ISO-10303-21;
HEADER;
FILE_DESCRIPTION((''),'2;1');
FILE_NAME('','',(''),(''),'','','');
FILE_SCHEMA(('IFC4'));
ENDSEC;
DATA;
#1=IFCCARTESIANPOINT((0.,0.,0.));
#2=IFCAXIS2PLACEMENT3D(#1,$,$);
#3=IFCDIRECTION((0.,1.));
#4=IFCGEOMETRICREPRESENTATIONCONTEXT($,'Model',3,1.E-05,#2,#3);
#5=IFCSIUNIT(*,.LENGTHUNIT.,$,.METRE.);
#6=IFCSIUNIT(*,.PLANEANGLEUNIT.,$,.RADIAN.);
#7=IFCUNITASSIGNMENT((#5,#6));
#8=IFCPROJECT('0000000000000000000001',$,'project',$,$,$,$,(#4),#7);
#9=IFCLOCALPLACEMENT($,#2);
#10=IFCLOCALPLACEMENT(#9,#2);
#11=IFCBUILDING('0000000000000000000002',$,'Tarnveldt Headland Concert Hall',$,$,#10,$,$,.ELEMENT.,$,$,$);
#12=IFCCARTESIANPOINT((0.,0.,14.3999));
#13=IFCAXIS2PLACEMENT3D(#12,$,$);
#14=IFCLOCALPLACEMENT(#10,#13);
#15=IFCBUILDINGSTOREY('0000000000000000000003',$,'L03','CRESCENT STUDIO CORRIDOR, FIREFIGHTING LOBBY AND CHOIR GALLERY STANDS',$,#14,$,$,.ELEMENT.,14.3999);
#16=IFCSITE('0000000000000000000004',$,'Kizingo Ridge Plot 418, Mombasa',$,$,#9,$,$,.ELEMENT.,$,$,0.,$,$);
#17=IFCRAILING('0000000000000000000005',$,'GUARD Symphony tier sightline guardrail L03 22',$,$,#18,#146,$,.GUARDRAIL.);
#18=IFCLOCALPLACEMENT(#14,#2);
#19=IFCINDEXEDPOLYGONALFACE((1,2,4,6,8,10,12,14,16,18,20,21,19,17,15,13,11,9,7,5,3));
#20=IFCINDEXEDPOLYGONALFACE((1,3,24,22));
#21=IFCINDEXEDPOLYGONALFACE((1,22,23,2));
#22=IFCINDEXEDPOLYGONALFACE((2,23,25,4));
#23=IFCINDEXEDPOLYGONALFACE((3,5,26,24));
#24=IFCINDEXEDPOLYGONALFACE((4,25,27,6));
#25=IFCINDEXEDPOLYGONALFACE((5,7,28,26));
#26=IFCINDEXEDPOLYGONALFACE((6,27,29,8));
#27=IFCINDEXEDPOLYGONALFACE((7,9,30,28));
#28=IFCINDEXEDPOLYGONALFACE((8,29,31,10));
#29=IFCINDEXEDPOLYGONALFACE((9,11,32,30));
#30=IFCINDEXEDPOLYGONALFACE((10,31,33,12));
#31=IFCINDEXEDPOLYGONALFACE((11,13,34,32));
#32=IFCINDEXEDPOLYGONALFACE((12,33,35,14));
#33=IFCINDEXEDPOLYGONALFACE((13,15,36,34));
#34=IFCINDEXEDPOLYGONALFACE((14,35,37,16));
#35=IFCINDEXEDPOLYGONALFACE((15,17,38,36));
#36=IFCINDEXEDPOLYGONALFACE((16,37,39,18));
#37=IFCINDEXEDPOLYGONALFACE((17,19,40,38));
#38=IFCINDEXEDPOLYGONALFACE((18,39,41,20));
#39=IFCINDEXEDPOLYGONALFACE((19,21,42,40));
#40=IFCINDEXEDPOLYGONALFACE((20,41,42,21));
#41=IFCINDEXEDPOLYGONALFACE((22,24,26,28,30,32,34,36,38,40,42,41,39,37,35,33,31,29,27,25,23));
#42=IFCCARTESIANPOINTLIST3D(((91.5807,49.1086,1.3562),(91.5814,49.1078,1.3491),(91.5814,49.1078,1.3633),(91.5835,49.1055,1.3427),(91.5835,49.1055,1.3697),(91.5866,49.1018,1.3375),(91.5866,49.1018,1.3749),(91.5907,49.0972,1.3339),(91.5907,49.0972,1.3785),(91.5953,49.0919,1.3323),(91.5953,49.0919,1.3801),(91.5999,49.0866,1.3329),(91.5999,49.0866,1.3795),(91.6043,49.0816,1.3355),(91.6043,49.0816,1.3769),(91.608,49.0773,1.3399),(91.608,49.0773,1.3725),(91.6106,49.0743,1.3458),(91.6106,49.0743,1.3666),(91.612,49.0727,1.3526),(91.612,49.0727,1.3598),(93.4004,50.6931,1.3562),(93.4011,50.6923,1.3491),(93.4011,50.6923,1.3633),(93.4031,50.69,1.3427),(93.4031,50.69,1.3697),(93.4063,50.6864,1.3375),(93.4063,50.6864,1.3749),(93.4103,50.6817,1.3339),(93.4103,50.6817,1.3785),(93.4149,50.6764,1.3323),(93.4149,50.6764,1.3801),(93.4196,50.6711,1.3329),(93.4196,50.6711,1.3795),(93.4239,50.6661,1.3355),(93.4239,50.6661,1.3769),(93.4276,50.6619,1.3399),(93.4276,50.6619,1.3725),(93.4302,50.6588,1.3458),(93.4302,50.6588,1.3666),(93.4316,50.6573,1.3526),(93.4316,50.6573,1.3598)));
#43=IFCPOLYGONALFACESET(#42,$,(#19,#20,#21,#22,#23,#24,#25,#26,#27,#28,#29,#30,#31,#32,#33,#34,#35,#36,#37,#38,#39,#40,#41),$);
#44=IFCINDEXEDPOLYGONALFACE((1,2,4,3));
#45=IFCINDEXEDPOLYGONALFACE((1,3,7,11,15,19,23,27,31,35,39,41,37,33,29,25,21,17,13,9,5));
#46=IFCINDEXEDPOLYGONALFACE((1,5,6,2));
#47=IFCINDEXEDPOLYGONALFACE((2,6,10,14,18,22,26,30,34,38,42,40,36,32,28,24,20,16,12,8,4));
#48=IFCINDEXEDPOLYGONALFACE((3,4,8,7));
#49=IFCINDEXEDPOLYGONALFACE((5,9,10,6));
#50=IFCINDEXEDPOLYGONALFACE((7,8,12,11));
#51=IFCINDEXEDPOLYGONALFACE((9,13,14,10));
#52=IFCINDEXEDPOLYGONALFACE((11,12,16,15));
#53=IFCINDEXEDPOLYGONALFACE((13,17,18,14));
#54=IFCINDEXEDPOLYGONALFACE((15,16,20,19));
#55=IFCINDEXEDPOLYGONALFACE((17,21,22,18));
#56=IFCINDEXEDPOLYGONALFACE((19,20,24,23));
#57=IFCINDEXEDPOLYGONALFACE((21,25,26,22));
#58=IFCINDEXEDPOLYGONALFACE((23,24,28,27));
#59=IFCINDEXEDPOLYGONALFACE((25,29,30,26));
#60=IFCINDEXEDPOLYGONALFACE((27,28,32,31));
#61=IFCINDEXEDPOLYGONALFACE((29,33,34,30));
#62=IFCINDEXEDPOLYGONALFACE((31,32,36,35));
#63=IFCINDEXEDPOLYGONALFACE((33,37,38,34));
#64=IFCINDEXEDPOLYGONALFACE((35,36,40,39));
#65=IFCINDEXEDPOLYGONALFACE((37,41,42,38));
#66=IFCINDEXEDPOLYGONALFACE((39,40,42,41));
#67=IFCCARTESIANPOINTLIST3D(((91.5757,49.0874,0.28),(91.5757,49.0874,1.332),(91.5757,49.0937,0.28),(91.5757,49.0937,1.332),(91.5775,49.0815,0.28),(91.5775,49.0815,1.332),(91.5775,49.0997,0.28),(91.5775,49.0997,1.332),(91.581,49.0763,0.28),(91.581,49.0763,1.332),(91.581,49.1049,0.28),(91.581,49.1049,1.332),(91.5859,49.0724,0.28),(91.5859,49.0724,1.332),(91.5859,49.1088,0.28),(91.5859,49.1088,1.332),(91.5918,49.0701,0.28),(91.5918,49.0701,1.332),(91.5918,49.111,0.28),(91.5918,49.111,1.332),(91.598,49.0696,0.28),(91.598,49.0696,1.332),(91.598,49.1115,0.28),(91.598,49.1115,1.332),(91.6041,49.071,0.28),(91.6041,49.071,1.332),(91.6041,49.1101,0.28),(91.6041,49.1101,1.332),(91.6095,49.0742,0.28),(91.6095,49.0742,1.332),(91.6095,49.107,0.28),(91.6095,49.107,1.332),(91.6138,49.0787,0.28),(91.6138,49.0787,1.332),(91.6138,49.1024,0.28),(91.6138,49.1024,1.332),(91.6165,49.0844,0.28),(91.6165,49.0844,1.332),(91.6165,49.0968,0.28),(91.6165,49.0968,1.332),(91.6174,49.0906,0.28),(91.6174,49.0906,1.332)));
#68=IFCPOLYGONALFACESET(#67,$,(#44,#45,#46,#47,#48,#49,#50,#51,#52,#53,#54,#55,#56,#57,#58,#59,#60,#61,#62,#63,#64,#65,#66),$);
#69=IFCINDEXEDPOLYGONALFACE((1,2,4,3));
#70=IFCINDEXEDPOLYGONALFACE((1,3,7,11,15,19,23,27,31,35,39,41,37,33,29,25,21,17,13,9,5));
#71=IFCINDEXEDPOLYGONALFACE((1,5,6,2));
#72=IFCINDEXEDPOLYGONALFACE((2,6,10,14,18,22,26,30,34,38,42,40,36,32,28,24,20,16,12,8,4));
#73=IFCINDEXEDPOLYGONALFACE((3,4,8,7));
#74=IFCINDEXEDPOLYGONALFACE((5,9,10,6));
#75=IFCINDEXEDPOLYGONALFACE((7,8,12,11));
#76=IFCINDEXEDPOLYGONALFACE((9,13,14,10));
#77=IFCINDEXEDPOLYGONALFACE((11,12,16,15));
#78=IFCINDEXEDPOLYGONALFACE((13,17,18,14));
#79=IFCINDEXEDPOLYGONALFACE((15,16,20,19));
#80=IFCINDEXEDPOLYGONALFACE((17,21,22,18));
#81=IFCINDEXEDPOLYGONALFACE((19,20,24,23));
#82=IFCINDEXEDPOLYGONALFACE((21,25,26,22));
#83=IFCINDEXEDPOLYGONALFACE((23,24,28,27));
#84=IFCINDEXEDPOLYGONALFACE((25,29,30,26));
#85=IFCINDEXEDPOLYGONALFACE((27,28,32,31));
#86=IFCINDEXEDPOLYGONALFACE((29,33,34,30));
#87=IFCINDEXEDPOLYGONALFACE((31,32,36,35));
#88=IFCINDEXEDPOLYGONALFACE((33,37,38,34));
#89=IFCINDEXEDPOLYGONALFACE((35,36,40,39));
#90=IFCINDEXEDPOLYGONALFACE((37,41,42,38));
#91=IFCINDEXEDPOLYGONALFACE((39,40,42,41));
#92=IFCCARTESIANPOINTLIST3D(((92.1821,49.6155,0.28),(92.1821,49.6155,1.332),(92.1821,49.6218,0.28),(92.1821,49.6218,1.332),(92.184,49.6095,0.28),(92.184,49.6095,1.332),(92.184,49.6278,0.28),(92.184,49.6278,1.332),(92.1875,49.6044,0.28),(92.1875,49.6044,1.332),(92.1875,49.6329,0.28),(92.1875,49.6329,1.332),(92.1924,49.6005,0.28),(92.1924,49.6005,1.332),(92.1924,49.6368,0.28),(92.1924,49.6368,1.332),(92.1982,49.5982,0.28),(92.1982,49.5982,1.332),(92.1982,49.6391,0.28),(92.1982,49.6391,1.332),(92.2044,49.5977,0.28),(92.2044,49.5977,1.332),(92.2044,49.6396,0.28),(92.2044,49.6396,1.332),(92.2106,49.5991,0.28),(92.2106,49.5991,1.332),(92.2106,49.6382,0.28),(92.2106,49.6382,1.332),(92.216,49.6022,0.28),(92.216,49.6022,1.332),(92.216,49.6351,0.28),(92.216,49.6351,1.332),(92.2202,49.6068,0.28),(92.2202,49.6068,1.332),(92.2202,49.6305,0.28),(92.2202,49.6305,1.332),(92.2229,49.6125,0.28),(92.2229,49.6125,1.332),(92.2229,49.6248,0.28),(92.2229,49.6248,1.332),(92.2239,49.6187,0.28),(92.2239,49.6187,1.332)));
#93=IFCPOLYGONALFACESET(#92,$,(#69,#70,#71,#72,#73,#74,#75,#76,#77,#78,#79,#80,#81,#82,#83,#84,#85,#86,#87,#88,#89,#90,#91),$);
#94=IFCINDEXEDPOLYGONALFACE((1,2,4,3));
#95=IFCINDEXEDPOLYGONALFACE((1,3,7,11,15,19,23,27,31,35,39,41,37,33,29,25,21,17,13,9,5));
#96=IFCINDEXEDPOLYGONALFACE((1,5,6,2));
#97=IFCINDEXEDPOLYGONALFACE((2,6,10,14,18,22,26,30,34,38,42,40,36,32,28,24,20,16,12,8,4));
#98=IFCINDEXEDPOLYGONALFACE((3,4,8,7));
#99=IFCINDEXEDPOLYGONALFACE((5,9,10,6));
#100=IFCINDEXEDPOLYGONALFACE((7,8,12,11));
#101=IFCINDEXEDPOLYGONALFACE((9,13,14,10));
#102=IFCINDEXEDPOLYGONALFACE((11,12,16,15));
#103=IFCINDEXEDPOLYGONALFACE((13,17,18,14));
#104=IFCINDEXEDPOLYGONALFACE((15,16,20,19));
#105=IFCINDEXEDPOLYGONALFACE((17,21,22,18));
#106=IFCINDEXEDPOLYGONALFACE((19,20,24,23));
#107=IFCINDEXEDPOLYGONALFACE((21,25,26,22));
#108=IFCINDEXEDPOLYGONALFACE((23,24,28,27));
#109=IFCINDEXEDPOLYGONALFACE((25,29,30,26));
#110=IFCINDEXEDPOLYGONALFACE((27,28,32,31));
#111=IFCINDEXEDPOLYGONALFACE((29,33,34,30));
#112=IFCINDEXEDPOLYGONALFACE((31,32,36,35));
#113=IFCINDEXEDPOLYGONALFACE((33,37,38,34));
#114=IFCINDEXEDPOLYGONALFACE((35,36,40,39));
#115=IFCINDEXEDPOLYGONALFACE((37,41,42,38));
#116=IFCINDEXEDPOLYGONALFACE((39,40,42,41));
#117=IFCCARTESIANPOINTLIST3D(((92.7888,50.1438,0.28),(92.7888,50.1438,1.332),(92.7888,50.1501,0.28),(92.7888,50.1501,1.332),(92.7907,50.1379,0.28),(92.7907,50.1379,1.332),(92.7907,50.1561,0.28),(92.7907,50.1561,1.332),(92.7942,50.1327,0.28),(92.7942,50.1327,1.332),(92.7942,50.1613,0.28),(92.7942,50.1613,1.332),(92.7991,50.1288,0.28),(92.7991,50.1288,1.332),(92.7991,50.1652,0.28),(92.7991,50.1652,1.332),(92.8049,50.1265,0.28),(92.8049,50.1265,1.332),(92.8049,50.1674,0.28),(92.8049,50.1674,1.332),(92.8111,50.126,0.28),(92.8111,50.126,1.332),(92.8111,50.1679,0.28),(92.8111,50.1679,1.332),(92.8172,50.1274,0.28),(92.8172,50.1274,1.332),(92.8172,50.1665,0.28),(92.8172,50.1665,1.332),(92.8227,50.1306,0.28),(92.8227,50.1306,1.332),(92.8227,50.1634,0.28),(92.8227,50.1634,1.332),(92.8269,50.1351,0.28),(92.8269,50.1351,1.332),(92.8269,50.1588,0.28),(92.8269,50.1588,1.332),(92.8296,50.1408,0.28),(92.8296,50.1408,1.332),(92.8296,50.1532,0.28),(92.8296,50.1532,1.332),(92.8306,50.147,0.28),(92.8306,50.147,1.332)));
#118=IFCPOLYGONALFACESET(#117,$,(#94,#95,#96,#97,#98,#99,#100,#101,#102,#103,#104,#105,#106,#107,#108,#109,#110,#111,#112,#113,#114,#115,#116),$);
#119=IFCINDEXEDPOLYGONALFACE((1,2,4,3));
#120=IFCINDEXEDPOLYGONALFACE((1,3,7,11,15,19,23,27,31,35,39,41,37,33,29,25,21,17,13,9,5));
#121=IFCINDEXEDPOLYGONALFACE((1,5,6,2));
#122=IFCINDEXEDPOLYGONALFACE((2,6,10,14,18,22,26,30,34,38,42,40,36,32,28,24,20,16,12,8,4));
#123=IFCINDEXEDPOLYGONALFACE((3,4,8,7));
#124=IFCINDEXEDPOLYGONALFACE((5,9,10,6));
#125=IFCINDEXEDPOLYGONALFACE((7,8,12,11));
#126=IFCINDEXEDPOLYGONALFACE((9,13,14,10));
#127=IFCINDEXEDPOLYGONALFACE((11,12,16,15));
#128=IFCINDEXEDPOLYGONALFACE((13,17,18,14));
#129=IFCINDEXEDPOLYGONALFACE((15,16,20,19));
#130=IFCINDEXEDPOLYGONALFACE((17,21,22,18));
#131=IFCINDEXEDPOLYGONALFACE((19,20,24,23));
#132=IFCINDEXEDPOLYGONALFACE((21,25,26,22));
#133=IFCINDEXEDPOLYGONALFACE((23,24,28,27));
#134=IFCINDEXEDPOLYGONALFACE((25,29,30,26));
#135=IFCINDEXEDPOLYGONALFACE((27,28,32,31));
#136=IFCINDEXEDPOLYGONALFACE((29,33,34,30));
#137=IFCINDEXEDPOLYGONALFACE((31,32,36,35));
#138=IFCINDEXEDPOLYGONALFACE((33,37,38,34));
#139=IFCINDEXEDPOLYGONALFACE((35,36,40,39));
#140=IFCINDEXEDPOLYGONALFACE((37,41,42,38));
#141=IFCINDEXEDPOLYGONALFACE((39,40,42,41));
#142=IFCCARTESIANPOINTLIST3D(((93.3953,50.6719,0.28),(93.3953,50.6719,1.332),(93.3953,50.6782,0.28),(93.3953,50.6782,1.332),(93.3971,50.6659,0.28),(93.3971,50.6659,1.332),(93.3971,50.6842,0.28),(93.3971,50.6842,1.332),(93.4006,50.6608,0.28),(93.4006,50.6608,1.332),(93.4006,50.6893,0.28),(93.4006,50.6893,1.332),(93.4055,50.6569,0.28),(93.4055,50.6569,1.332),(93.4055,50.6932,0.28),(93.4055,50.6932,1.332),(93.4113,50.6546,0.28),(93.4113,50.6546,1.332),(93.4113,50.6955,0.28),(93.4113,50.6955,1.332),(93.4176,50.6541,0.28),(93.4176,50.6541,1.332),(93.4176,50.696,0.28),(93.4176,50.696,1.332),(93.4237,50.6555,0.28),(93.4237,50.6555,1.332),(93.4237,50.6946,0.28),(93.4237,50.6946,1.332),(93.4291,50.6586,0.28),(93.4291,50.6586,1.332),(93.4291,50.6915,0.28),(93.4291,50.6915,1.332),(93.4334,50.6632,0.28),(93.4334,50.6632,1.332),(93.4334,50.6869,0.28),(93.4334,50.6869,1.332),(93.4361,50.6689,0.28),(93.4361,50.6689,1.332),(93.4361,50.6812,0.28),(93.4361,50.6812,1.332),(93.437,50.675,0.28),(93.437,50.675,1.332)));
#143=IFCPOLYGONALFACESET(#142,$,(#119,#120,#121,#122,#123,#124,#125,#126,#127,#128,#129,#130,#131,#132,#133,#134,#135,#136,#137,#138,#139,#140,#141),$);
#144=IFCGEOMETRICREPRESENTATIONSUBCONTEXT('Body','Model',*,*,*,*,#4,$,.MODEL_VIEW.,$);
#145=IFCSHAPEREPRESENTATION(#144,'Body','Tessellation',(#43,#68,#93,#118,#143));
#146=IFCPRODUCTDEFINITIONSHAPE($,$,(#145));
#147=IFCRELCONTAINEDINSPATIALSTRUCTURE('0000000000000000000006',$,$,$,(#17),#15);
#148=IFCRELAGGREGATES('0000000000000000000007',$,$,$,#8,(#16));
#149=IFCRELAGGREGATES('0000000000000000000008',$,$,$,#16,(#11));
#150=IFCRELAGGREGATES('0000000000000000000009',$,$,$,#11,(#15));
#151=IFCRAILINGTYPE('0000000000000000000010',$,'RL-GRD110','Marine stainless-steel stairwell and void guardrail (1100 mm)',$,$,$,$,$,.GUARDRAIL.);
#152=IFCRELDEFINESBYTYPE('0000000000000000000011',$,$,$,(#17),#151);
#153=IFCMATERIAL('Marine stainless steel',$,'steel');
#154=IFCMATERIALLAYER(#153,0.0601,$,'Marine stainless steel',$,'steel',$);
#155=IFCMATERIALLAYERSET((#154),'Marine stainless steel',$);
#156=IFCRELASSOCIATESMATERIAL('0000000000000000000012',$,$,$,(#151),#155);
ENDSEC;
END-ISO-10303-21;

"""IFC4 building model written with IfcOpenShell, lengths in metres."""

from ifc_helpers import new_model, si_unit, direction, frame, origin, origin_2d, place, context, subcontext, project, spatial, circle, extrude, material, layer, layer_set, type_object, element, save


model = new_model("IFC4")

# Units and contexts
model_context = context("Model", 3, precision=1e-05, world=origin(), true_north=direction((0.0, 1.0)))
body_context = subcontext(model_context, "Body", "Model", "MODEL_VIEW")
ifc_project = project(units=[si_unit("LENGTHUNIT", "METRE"), si_unit("PLANEANGLEUNIT", "RADIAN")], contexts=[model_context])

# Site, building, storey
site_placement = place(None, origin())
site = spatial("IfcSite", under=ifc_project, at=site_placement, Name="Kizingo Ridge Plot 418, Mombasa", CompositionType="ELEMENT", RefElevation=0.0)
building_placement = place(site_placement, origin())
building = spatial("IfcBuilding", under=site, at=building_placement, Name="Tarnveldt Headland Concert Hall", CompositionType="ELEMENT")
storey_placement = place(building_placement, frame((0.0, 0.0, 14.3999)))
storey = spatial("IfcBuildingStorey", under=building, at=storey_placement, Name="L03", Description="CRESCENT STUDIO CORRIDOR, FIREFIGHTING LOBBY AND CHOIR GALLERY STANDS", CompositionType="ELEMENT", Elevation=14.3999)

# Railing
ifc_material_1 = material(Name="Marine stainless steel", Category="steel")
ifc_layer_1 = layer(ifc_material_1, 0.0601, Name="Marine stainless steel", Category="steel")
ifc_layer_set_1 = layer_set([ifc_layer_1], Name="Marine stainless steel")
railing_type_1 = type_object("IfcRailingType", Name="RL-GRD110", Description="Marine stainless-steel stairwell and void guardrail (1100 mm)", PredefinedType="GUARDRAIL", material=ifc_layer_set_1)
railing_1_placement = place(storey_placement, frame((91.5964, 49.0906, 0.28)))
element("IfcRailing", 1, at=railing_1_placement, inside=storey, type_object=railing_type_1, Name="GUARD Symphony tier sightline guardrail L03 22", PredefinedType="GUARDRAIL", context=body_context, shape_type="SweptSolid", body=[
    extrude(circle(Radius=0.0239, at=origin_2d()), frame((0.0, 0.0, 1.0762), z_axis=(0.754148, 0.656705, 0.0), x_axis=(-0.656705, 0.754148, 0.0)), (0.0, 0.0, 1.0), 2.4128),
    extrude(circle(Radius=0.021, at=origin_2d()), origin(), (0.0, 0.0, 1.0), 1.052),
    extrude(circle(Radius=0.021, at=origin_2d()), frame((0.6064, 0.5281, 0.0)), (0.0, 0.0, 1.0), 1.052),
    extrude(circle(Radius=0.021, at=origin_2d()), frame((1.2131, 1.0564, 0.0)), (0.0, 0.0, 1.0), 1.052),
    extrude(circle(Radius=0.021, at=origin_2d()), frame((1.8196, 1.5845, 0.0)), (0.0, 0.0, 1.0), 1.052),
])

save(model, "model.ifc")
